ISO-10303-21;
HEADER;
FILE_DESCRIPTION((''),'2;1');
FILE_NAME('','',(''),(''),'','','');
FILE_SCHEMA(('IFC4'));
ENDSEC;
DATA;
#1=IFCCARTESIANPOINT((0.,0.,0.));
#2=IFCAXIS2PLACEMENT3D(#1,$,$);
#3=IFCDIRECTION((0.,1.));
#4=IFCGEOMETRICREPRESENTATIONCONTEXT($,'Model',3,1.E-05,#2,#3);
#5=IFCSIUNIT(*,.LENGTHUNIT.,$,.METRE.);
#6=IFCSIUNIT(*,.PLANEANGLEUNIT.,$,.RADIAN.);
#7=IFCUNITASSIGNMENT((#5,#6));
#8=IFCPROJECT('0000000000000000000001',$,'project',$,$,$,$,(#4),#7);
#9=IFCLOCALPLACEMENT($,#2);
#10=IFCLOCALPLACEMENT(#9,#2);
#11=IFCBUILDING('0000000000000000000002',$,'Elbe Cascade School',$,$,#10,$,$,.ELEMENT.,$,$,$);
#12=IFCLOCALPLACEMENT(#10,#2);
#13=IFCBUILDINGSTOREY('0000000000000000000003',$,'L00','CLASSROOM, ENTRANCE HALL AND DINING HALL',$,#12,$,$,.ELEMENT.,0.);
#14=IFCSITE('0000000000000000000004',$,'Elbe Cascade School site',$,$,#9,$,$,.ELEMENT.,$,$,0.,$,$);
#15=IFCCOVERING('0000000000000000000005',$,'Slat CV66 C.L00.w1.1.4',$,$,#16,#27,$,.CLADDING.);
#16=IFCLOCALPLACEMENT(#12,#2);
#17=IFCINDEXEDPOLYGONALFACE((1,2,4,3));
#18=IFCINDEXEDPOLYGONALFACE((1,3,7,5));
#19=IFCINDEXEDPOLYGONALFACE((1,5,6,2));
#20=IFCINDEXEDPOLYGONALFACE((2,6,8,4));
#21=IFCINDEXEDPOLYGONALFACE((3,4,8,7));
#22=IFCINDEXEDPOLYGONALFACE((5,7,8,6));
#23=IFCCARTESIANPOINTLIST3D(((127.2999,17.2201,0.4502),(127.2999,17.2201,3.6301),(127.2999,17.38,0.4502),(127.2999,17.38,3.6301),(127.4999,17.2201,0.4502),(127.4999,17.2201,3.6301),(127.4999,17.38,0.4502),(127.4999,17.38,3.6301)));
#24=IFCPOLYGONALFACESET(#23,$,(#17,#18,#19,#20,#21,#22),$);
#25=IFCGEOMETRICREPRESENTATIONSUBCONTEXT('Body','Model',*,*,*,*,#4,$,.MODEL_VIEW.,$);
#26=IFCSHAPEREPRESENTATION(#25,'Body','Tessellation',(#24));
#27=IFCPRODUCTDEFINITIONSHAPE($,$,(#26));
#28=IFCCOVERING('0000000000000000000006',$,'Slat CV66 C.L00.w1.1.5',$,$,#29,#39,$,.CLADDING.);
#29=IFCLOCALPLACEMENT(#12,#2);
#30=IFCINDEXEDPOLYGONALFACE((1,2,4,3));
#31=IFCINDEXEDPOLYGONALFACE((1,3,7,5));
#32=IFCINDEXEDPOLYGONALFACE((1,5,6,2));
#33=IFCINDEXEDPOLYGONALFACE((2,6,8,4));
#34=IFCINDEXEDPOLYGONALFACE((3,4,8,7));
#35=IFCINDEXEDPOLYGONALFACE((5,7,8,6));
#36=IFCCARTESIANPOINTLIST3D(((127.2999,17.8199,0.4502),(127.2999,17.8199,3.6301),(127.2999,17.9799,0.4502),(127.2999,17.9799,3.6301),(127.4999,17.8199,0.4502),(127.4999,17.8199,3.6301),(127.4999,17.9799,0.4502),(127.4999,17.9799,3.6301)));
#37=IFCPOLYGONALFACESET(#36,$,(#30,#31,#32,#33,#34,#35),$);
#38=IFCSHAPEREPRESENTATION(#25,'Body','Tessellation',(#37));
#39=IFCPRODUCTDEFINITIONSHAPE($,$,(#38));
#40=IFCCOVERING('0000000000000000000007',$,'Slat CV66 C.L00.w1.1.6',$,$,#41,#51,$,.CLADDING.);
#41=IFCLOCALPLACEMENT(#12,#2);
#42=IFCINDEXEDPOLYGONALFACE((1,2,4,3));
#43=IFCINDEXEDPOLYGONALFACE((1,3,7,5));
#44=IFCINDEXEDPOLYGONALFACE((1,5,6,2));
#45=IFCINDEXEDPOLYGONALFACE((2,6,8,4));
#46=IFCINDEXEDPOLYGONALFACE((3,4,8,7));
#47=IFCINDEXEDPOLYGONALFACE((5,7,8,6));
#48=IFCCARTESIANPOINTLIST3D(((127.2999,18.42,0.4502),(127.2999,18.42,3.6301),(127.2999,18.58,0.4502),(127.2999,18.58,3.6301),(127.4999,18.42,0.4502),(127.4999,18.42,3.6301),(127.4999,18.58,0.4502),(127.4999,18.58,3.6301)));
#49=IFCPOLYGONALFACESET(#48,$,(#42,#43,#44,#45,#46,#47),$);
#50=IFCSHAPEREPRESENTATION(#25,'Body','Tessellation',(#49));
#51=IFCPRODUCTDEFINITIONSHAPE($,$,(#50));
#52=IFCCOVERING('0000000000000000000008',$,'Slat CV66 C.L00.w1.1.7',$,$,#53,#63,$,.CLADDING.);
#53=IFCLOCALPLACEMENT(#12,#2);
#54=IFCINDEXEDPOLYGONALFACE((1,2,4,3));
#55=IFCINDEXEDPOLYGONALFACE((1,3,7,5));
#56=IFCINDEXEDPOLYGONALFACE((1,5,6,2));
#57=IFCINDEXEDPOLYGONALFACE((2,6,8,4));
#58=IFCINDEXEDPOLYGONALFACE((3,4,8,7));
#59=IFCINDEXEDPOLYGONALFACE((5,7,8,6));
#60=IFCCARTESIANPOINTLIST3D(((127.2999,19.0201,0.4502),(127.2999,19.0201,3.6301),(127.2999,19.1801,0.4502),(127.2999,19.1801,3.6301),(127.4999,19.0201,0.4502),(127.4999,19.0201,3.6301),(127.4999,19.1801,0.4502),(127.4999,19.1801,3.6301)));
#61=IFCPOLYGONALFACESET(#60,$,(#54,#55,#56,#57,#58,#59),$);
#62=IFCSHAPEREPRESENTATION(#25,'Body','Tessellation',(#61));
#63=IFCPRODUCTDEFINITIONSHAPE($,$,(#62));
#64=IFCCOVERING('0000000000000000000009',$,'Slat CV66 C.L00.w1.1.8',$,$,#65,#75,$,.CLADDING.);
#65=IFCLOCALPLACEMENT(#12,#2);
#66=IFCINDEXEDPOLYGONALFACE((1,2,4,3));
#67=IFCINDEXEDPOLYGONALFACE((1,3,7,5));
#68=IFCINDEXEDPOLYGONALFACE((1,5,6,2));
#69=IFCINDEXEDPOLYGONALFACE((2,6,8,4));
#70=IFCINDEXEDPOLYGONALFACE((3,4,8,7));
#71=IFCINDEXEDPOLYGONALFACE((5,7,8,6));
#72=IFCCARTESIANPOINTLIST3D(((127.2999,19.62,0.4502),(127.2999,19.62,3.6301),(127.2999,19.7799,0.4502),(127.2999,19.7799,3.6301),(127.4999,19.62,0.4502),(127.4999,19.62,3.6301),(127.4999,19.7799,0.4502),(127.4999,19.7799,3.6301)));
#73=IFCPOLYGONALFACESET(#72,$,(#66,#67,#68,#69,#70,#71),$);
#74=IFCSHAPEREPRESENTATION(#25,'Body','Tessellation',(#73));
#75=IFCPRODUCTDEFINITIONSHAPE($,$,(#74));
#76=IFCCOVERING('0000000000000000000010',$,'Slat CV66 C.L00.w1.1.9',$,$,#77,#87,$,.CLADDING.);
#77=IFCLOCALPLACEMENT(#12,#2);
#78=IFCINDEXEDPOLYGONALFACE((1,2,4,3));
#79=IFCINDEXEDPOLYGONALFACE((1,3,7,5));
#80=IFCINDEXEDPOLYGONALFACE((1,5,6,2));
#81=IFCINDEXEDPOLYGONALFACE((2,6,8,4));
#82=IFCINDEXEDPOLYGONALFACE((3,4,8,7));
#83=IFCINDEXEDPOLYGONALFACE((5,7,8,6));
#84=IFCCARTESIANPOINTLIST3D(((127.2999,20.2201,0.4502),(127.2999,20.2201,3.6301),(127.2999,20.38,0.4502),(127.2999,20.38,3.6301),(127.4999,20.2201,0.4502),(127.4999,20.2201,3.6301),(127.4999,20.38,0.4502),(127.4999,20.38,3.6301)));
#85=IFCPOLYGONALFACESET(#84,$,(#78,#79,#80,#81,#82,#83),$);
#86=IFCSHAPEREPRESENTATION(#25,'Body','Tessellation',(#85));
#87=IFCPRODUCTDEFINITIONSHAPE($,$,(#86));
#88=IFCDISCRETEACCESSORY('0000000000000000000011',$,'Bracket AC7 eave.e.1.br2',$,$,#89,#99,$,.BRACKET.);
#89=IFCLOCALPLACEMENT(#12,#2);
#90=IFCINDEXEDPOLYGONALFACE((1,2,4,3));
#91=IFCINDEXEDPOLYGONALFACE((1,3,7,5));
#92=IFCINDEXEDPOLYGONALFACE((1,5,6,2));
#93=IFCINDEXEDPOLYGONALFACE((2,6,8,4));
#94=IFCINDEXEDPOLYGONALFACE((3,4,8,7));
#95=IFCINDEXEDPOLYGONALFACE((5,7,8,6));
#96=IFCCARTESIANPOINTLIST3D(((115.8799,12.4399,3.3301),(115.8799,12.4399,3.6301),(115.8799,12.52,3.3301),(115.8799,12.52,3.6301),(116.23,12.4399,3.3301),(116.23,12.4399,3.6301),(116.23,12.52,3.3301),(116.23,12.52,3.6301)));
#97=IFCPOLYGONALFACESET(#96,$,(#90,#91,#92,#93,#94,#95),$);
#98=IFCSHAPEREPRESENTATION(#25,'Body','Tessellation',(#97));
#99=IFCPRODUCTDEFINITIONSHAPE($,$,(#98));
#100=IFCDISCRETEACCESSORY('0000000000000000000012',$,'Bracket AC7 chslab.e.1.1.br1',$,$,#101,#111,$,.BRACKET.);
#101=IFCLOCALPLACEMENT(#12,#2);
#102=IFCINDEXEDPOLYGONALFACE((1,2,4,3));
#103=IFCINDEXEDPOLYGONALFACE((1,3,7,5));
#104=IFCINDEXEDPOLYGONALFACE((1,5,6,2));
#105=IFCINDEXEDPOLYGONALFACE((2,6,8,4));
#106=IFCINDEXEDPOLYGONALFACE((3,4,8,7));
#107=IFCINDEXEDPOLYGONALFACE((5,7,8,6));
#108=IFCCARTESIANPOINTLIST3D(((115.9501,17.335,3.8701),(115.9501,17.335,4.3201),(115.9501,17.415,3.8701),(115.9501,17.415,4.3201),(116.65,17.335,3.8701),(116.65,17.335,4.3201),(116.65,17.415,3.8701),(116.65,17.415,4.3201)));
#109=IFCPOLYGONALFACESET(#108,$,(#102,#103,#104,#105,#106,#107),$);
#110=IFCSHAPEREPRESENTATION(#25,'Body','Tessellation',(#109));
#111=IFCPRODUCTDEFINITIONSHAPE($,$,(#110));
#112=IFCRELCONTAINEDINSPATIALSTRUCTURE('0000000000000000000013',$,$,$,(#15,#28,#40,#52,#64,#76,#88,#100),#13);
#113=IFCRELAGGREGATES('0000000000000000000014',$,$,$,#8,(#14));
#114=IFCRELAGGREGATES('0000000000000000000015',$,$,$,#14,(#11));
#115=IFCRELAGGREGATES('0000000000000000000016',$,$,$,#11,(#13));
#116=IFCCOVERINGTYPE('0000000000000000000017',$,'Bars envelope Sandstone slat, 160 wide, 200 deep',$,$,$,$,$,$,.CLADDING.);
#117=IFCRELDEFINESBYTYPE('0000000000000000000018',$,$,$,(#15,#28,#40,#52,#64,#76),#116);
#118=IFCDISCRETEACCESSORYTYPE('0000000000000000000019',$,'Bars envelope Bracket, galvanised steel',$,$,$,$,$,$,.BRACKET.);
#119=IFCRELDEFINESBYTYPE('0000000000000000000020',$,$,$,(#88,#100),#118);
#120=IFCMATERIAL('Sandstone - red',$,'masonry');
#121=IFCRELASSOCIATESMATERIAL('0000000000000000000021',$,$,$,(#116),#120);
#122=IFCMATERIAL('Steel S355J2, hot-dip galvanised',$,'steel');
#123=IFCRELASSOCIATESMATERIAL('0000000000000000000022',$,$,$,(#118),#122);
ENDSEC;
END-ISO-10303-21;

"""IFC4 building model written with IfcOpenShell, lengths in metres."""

from ifc_helpers import new_model, si_unit, direction, frame, origin, origin_2d, place, context, subcontext, project, spatial, rectangle, extrude, material, type_object, element, save


model = new_model("IFC4")

# Units and contexts
model_context = context("Model", 3, precision=1e-05, world=origin(), true_north=direction((0.0, 1.0)))
body_context = subcontext(model_context, "Body", "Model", "MODEL_VIEW")
ifc_project = project(units=[si_unit("LENGTHUNIT", "METRE"), si_unit("PLANEANGLEUNIT", "RADIAN")], contexts=[model_context])

# Site, building, storey
site_placement = place(None, origin())
site = spatial("IfcSite", under=ifc_project, at=site_placement, Name="Elbe Cascade School site", CompositionType="ELEMENT", RefElevation=0.0)
building_placement = place(site_placement, origin())
building = spatial("IfcBuilding", under=site, at=building_placement, Name="Elbe Cascade School", CompositionType="ELEMENT")
storey_placement = place(building_placement, origin())
storey = spatial("IfcBuildingStorey", under=building, at=storey_placement, Name="L00", Description="CLASSROOM, ENTRANCE HALL AND DINING HALL", CompositionType="ELEMENT", Elevation=0.0)

# Coverings
ifc_material_1 = material(Name="Sandstone - red", Category="masonry")
covering_type_1 = type_object("IfcCoveringType", Name="Bars envelope Sandstone slat, 160 wide, 200 deep", PredefinedType="CLADDING", material=ifc_material_1)
for number, where, z_axis, x_axis, name in (
    (1, (127.3999, 17.3, 0.4502), (0.0, 0.0, 1.0), (0.0, 1.0, 0.0), "Slat CV66 C.L00.w1.1.4"),
    (2, (127.3999, 17.8999, 0.4502), (0.0, 0.0, 1.0), (0.0, 1.0, 0.0), "Slat CV66 C.L00.w1.1.5"),
    (3, (127.3999, 18.5, 0.4502), (0.0, 0.0, 1.0), (0.0, 1.0, 0.0), "Slat CV66 C.L00.w1.1.6"),
    (4, (127.3999, 19.1001, 0.4502), (0.0, 0.0, 1.0), (0.0, 1.0, 0.0), "Slat CV66 C.L00.w1.1.7"),
    (5, (127.3999, 19.7, 0.4502), (0.0, 0.0, 1.0), (0.0, 1.0, 0.0), "Slat CV66 C.L00.w1.1.8"),
    (6, (127.3999, 20.3, 0.4502), (0.0, 0.0, 1.0), (0.0, 1.0, 0.0), "Slat CV66 C.L00.w1.1.9"),
):
    element("IfcCovering", number, at=place(storey_placement, frame(where, z_axis=z_axis, x_axis=x_axis)), inside=storey, type_object=covering_type_1, Name=name, PredefinedType="CLADDING", context=body_context, shape_type="SweptSolid", body=[
        extrude(rectangle(XDim=0.1599, YDim=0.2, at=origin_2d()), origin(), (0.0, 0.0, 1.0), 3.1799),
    ])

# Discrete accessories
ifc_material_2 = material(Name="Steel S355J2, hot-dip galvanised", Category="steel")
discrete_accessory_type = type_object("IfcDiscreteAccessoryType", Name="Bars envelope Bracket, galvanised steel", PredefinedType="BRACKET", material=ifc_material_2)
discrete_accessory_1_placement = place(storey_placement, frame((116.0549, 12.48, 3.3301), z_axis=(0.0, 0.0, 1.0), x_axis=(0.0, 1.0, 0.0)))
element("IfcDiscreteAccessory", 7, at=discrete_accessory_1_placement, inside=storey, type_object=discrete_accessory_type, Name="Bracket AC7 eave.e.1.br2", PredefinedType="BRACKET", context=body_context, shape_type="SweptSolid", body=[
    extrude(rectangle(XDim=0.0801, YDim=0.3501, at=origin_2d()), origin(), (0.0, 0.0, 1.0), 0.3),
])
discrete_accessory_2_placement = place(storey_placement, frame((116.3, 17.375, 3.8701), z_axis=(0.0, 0.0, 1.0), x_axis=(0.0, 1.0, 0.0)))
element("IfcDiscreteAccessory", 8, at=discrete_accessory_2_placement, inside=storey, type_object=discrete_accessory_type, Name="Bracket AC7 chslab.e.1.1.br1", PredefinedType="BRACKET", context=body_context, shape_type="SweptSolid", body=[
    extrude(rectangle(XDim=0.0801, YDim=0.7, at=origin_2d()), origin(), (0.0, 0.0, 1.0), 0.45),
])

save(model, "model.ifc")
